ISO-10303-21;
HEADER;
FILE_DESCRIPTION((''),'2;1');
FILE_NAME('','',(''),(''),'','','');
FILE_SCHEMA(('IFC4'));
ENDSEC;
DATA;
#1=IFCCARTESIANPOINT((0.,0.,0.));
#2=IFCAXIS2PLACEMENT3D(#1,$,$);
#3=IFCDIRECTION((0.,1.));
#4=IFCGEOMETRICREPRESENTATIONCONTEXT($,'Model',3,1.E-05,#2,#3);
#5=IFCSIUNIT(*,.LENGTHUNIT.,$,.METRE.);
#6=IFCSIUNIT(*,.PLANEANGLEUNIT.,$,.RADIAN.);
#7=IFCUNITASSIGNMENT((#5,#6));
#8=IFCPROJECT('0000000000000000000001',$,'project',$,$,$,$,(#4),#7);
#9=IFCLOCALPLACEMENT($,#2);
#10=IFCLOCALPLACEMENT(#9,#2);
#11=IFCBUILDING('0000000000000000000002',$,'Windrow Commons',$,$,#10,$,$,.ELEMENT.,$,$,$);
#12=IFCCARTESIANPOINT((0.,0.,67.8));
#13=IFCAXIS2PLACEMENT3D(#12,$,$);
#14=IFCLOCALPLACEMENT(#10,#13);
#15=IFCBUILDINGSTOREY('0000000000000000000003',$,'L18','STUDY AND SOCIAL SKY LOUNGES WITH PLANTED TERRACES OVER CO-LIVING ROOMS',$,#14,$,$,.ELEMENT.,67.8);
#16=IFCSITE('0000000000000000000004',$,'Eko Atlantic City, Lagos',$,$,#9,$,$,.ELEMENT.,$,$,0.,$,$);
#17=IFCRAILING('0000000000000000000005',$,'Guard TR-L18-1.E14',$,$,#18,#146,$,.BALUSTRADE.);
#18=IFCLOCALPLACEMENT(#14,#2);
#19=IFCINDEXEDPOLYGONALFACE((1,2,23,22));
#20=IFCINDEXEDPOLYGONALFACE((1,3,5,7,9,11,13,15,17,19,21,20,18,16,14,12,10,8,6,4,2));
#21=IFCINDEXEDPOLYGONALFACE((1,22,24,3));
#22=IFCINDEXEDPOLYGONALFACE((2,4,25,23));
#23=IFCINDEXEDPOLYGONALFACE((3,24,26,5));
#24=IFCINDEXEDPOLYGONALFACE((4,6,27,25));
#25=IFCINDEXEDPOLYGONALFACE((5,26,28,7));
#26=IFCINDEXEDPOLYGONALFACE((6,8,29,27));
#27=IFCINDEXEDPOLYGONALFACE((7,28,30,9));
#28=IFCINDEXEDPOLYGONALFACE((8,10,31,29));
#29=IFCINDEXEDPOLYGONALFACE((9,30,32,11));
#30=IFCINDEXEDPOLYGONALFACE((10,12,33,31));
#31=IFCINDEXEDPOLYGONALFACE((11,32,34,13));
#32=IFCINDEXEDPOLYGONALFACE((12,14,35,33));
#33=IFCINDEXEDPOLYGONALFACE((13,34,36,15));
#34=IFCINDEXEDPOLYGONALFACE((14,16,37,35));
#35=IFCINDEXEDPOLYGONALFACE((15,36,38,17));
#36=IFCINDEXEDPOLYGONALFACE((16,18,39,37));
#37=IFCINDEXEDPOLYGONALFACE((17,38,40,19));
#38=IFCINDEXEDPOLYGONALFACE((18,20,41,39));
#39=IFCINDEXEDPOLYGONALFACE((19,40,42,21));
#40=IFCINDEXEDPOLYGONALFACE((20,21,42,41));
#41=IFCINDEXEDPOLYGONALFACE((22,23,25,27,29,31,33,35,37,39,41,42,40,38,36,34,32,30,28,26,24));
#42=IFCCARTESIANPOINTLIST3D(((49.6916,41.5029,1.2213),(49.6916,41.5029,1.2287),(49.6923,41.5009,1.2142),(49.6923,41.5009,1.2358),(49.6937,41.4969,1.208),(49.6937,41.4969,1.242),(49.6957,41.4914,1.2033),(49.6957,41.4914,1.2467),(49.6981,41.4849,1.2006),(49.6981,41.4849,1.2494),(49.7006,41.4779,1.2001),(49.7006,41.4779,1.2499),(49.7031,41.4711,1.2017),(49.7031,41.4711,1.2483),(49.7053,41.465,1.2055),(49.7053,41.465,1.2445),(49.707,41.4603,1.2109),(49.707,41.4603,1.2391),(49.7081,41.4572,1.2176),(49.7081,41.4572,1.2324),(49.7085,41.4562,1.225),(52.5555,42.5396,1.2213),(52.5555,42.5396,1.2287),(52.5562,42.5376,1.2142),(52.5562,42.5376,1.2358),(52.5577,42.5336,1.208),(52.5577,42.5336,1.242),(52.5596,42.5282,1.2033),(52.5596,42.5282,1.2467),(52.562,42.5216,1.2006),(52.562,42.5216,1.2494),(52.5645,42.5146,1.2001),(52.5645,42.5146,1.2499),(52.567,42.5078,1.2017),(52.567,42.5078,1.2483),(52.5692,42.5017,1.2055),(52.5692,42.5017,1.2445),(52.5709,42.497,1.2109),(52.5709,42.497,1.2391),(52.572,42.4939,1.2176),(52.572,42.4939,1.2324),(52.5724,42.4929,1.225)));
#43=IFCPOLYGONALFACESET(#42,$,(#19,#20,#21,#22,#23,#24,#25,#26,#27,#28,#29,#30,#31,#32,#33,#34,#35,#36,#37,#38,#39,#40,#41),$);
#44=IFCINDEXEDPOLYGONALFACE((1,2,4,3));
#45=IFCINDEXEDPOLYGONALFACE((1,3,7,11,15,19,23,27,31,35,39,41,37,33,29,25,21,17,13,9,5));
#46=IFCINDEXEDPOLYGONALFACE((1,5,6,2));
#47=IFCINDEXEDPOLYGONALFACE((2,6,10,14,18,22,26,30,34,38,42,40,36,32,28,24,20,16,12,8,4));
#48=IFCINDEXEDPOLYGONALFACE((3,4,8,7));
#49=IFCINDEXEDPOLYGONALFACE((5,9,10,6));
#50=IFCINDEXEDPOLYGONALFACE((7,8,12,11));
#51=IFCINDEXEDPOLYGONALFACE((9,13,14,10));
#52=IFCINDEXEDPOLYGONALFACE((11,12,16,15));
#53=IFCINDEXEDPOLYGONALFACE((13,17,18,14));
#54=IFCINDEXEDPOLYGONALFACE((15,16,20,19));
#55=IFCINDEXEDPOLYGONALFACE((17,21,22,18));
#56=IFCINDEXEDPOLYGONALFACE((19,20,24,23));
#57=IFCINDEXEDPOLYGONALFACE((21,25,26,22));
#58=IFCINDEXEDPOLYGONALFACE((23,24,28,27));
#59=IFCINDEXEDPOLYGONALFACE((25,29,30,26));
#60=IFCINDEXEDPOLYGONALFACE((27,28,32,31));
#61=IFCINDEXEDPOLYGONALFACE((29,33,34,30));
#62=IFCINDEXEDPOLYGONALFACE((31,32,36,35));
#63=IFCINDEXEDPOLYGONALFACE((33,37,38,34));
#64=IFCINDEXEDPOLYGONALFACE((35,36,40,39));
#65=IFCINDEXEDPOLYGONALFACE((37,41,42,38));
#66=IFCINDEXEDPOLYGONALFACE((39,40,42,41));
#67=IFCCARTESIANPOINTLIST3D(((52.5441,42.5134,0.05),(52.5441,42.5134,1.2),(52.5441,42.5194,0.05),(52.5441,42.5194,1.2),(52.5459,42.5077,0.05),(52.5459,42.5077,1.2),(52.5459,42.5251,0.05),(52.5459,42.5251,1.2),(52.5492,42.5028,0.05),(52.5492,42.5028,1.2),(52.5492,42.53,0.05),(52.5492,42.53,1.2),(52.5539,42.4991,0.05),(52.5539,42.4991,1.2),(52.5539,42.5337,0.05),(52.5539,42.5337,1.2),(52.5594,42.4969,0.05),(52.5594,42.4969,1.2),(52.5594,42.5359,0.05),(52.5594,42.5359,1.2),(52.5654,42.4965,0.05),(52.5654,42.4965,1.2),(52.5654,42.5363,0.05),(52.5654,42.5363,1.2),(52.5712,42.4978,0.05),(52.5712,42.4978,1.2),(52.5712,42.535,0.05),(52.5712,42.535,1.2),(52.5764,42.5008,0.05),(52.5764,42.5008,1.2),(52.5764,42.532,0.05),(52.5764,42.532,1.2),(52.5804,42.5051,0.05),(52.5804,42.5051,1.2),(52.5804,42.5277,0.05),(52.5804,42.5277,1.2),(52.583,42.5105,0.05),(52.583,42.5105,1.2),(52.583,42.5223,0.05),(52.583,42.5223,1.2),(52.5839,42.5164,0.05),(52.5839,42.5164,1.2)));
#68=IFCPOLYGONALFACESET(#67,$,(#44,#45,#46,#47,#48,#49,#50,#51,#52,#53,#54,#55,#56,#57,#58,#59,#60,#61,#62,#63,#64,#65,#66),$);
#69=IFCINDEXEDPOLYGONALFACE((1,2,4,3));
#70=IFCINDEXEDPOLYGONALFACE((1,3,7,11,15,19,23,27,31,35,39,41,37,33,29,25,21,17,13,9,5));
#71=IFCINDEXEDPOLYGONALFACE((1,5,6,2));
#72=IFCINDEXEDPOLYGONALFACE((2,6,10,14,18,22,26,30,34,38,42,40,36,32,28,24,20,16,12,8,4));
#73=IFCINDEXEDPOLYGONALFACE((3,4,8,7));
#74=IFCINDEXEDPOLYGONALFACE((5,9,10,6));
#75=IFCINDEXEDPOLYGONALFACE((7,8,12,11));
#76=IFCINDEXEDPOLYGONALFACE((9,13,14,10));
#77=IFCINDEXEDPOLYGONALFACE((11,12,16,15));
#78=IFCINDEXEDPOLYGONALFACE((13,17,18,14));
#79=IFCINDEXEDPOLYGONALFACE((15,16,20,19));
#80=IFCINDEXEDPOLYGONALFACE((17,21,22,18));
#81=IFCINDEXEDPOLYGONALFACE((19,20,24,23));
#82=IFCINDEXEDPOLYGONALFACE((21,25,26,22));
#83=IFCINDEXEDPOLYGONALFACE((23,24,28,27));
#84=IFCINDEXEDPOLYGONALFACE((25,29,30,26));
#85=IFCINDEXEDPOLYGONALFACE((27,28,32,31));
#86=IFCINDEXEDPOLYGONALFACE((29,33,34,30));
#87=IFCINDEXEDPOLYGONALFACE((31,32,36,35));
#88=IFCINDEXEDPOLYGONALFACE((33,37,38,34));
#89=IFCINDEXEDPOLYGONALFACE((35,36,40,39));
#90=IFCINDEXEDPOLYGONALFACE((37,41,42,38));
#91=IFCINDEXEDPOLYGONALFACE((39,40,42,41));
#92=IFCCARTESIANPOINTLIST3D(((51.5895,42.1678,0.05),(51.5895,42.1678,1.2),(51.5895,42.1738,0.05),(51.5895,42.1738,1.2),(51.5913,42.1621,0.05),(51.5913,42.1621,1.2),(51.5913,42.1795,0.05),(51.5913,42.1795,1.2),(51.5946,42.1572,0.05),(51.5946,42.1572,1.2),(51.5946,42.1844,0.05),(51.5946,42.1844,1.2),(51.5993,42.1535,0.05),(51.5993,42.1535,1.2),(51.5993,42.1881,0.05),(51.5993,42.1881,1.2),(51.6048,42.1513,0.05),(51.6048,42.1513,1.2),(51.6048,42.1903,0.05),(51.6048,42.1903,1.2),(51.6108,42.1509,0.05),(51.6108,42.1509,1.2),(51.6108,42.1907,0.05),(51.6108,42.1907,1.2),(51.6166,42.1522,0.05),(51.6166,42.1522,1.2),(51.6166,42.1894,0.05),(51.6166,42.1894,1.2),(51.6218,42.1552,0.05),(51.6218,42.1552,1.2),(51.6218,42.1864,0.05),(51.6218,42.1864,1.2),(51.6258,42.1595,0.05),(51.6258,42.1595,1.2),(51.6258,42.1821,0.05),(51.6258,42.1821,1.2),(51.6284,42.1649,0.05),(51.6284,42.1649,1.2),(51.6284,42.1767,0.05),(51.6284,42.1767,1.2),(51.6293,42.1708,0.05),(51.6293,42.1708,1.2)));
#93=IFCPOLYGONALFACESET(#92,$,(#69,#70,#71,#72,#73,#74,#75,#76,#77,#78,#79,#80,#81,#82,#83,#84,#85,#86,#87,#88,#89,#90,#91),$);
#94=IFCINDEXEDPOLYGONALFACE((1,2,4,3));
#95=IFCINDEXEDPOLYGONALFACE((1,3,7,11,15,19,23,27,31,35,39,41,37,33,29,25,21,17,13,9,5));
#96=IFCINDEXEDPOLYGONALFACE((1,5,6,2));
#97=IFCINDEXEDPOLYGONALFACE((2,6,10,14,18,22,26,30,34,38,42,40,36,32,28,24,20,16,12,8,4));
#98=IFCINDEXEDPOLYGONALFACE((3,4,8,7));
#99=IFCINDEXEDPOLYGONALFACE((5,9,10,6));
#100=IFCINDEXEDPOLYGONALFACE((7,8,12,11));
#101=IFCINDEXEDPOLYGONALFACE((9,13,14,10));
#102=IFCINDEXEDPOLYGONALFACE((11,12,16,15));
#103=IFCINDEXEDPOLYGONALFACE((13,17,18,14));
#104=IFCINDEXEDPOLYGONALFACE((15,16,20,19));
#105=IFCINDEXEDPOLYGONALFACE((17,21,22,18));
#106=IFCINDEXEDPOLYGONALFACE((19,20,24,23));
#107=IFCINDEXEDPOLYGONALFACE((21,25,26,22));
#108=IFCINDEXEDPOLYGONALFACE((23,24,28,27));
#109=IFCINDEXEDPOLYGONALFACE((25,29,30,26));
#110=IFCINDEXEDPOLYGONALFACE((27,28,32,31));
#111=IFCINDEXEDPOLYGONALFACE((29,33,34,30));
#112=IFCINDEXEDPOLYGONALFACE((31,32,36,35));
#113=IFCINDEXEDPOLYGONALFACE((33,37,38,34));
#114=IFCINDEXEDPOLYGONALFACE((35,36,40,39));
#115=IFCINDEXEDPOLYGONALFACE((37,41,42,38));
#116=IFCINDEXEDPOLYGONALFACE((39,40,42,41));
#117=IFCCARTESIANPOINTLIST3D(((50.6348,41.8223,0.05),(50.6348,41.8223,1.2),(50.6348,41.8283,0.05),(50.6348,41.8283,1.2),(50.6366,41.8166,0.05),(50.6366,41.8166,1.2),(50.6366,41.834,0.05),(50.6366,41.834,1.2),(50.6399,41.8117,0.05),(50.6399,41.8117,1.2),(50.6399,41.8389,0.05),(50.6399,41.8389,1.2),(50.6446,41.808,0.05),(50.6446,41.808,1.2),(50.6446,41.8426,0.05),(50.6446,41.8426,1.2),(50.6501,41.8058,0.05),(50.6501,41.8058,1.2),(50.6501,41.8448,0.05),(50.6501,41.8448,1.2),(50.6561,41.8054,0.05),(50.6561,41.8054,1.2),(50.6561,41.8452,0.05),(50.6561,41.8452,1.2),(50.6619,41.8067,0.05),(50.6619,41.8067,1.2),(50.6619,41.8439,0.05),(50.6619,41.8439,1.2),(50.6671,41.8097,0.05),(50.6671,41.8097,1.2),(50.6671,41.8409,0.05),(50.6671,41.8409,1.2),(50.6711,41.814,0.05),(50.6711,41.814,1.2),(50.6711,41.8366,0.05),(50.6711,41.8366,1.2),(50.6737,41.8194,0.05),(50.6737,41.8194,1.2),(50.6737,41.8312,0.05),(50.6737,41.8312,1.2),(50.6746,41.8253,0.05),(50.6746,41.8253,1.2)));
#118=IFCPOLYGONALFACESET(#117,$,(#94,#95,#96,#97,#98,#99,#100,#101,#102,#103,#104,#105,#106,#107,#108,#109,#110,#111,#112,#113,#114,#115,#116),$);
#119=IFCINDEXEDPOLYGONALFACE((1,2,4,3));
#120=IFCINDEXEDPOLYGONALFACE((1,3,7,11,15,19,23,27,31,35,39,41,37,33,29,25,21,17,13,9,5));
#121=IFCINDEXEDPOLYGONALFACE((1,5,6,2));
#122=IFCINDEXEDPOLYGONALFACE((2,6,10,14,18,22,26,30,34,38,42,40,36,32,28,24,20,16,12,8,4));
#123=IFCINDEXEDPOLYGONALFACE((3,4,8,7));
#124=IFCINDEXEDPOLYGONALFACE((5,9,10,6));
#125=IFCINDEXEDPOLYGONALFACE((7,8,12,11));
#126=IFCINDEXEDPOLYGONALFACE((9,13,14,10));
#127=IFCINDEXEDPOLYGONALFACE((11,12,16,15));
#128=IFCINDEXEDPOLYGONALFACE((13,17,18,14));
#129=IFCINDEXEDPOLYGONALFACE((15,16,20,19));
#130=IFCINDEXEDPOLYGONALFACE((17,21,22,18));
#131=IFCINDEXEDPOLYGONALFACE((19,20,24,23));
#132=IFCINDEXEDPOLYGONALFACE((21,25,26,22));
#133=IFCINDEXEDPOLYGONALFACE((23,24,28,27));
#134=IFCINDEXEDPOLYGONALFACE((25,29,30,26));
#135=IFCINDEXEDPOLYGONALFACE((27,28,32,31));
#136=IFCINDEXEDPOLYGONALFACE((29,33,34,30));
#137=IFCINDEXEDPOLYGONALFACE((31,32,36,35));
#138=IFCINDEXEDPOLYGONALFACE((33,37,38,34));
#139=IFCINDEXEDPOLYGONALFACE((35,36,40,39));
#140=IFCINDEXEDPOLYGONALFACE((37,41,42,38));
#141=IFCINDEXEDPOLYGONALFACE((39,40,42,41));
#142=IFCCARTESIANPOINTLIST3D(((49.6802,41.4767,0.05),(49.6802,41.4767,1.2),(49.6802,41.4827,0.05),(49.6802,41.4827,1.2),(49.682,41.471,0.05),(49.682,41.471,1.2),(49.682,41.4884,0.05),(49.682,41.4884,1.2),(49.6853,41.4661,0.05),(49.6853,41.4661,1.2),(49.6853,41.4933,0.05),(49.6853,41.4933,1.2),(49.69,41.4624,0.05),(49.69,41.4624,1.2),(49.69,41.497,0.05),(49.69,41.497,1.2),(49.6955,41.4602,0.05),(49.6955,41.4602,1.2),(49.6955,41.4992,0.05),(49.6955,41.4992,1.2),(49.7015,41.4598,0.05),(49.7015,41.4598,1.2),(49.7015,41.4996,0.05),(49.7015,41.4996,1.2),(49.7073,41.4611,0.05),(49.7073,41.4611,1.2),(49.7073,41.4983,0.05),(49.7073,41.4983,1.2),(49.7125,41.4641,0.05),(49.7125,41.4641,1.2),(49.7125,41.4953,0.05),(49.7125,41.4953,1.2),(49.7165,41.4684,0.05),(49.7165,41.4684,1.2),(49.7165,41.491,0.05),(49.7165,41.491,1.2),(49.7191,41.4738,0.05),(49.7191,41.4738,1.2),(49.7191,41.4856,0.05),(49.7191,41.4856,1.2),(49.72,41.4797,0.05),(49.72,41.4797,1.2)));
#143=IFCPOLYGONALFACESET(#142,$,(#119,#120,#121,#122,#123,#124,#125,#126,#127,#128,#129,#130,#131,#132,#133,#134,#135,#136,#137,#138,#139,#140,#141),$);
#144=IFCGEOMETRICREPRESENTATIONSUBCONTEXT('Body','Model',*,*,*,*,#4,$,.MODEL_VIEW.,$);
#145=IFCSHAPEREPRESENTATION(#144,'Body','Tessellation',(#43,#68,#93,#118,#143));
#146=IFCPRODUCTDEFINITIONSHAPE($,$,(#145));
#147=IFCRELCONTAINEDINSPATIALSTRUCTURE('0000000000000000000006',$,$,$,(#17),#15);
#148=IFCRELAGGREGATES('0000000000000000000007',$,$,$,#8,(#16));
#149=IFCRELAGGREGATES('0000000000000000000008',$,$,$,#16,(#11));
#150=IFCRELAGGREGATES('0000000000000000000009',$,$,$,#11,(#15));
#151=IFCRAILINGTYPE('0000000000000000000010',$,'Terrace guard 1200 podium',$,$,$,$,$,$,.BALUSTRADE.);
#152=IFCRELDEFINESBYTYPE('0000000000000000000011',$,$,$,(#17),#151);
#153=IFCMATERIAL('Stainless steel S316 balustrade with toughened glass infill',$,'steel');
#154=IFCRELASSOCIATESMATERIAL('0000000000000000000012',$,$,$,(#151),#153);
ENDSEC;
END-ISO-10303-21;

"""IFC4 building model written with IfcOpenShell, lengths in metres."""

from ifc_helpers import new_model, si_unit, direction, frame, origin, origin_2d, place, context, subcontext, project, spatial, circle, extrude, material, type_object, element, save


model = new_model("IFC4")

# Units and contexts
model_context = context("Model", 3, precision=1e-05, world=origin(), true_north=direction((0.0, 1.0)))
body_context = subcontext(model_context, "Body", "Model", "MODEL_VIEW")
ifc_project = project(units=[si_unit("LENGTHUNIT", "METRE"), si_unit("PLANEANGLEUNIT", "RADIAN")], contexts=[model_context])

# Site, building, storey
site_placement = place(None, origin())
site = spatial("IfcSite", under=ifc_project, at=site_placement, Name="Eko Atlantic City, Lagos", CompositionType="ELEMENT", RefElevation=0.0)
building_placement = place(site_placement, origin())
building = spatial("IfcBuilding", under=site, at=building_placement, Name="Windrow Commons", CompositionType="ELEMENT")
storey_placement = place(building_placement, frame((0.0, 0.0, 67.8)))
storey = spatial("IfcBuildingStorey", under=building, at=storey_placement, Name="L18", Description="STUDY AND SOCIAL SKY LOUNGES WITH PLANTED TERRACES OVER CO-LIVING ROOMS", CompositionType="ELEMENT", Elevation=67.8)

# Railing
ifc_material_1 = material(Name="Stainless steel S316 balustrade with toughened glass infill", Category="steel")
railing_type = type_object("IfcRailingType", Name="Terrace guard 1200 podium", PredefinedType="BALUSTRADE", material=ifc_material_1)
railing_1_placement = place(storey_placement, frame((52.5639, 42.5164, 0.05)))
element("IfcRailing", 1, at=railing_1_placement, inside=storey, type_object=railing_type, Name="Guard TR-L18-1.E14", PredefinedType="BALUSTRADE", context=body_context, shape_type="SweptSolid", body=[
    extrude(circle(Radius=0.025, at=origin_2d()), frame((0.0, 0.0, 1.175), z_axis=(-0.94029, -0.340375, 0.0), x_axis=(0.340375, -0.94029, 0.0)), (0.0, 0.0, 1.0), 3.0458),
    extrude(circle(Radius=0.02, at=origin_2d()), origin(), (0.0, 0.0, 1.0), 1.15),
    extrude(circle(Radius=0.02, at=origin_2d()), frame((-0.9546, -0.3456, 0.0)), (0.0, 0.0, 1.0), 1.15),
    extrude(circle(Radius=0.02, at=origin_2d()), frame((-1.9093, -0.6911, 0.0)), (0.0, 0.0, 1.0), 1.15),
    extrude(circle(Radius=0.02, at=origin_2d()), frame((-2.8639, -1.0367, 0.0)), (0.0, 0.0, 1.0), 1.15),
])

save(model, "model.ifc")
